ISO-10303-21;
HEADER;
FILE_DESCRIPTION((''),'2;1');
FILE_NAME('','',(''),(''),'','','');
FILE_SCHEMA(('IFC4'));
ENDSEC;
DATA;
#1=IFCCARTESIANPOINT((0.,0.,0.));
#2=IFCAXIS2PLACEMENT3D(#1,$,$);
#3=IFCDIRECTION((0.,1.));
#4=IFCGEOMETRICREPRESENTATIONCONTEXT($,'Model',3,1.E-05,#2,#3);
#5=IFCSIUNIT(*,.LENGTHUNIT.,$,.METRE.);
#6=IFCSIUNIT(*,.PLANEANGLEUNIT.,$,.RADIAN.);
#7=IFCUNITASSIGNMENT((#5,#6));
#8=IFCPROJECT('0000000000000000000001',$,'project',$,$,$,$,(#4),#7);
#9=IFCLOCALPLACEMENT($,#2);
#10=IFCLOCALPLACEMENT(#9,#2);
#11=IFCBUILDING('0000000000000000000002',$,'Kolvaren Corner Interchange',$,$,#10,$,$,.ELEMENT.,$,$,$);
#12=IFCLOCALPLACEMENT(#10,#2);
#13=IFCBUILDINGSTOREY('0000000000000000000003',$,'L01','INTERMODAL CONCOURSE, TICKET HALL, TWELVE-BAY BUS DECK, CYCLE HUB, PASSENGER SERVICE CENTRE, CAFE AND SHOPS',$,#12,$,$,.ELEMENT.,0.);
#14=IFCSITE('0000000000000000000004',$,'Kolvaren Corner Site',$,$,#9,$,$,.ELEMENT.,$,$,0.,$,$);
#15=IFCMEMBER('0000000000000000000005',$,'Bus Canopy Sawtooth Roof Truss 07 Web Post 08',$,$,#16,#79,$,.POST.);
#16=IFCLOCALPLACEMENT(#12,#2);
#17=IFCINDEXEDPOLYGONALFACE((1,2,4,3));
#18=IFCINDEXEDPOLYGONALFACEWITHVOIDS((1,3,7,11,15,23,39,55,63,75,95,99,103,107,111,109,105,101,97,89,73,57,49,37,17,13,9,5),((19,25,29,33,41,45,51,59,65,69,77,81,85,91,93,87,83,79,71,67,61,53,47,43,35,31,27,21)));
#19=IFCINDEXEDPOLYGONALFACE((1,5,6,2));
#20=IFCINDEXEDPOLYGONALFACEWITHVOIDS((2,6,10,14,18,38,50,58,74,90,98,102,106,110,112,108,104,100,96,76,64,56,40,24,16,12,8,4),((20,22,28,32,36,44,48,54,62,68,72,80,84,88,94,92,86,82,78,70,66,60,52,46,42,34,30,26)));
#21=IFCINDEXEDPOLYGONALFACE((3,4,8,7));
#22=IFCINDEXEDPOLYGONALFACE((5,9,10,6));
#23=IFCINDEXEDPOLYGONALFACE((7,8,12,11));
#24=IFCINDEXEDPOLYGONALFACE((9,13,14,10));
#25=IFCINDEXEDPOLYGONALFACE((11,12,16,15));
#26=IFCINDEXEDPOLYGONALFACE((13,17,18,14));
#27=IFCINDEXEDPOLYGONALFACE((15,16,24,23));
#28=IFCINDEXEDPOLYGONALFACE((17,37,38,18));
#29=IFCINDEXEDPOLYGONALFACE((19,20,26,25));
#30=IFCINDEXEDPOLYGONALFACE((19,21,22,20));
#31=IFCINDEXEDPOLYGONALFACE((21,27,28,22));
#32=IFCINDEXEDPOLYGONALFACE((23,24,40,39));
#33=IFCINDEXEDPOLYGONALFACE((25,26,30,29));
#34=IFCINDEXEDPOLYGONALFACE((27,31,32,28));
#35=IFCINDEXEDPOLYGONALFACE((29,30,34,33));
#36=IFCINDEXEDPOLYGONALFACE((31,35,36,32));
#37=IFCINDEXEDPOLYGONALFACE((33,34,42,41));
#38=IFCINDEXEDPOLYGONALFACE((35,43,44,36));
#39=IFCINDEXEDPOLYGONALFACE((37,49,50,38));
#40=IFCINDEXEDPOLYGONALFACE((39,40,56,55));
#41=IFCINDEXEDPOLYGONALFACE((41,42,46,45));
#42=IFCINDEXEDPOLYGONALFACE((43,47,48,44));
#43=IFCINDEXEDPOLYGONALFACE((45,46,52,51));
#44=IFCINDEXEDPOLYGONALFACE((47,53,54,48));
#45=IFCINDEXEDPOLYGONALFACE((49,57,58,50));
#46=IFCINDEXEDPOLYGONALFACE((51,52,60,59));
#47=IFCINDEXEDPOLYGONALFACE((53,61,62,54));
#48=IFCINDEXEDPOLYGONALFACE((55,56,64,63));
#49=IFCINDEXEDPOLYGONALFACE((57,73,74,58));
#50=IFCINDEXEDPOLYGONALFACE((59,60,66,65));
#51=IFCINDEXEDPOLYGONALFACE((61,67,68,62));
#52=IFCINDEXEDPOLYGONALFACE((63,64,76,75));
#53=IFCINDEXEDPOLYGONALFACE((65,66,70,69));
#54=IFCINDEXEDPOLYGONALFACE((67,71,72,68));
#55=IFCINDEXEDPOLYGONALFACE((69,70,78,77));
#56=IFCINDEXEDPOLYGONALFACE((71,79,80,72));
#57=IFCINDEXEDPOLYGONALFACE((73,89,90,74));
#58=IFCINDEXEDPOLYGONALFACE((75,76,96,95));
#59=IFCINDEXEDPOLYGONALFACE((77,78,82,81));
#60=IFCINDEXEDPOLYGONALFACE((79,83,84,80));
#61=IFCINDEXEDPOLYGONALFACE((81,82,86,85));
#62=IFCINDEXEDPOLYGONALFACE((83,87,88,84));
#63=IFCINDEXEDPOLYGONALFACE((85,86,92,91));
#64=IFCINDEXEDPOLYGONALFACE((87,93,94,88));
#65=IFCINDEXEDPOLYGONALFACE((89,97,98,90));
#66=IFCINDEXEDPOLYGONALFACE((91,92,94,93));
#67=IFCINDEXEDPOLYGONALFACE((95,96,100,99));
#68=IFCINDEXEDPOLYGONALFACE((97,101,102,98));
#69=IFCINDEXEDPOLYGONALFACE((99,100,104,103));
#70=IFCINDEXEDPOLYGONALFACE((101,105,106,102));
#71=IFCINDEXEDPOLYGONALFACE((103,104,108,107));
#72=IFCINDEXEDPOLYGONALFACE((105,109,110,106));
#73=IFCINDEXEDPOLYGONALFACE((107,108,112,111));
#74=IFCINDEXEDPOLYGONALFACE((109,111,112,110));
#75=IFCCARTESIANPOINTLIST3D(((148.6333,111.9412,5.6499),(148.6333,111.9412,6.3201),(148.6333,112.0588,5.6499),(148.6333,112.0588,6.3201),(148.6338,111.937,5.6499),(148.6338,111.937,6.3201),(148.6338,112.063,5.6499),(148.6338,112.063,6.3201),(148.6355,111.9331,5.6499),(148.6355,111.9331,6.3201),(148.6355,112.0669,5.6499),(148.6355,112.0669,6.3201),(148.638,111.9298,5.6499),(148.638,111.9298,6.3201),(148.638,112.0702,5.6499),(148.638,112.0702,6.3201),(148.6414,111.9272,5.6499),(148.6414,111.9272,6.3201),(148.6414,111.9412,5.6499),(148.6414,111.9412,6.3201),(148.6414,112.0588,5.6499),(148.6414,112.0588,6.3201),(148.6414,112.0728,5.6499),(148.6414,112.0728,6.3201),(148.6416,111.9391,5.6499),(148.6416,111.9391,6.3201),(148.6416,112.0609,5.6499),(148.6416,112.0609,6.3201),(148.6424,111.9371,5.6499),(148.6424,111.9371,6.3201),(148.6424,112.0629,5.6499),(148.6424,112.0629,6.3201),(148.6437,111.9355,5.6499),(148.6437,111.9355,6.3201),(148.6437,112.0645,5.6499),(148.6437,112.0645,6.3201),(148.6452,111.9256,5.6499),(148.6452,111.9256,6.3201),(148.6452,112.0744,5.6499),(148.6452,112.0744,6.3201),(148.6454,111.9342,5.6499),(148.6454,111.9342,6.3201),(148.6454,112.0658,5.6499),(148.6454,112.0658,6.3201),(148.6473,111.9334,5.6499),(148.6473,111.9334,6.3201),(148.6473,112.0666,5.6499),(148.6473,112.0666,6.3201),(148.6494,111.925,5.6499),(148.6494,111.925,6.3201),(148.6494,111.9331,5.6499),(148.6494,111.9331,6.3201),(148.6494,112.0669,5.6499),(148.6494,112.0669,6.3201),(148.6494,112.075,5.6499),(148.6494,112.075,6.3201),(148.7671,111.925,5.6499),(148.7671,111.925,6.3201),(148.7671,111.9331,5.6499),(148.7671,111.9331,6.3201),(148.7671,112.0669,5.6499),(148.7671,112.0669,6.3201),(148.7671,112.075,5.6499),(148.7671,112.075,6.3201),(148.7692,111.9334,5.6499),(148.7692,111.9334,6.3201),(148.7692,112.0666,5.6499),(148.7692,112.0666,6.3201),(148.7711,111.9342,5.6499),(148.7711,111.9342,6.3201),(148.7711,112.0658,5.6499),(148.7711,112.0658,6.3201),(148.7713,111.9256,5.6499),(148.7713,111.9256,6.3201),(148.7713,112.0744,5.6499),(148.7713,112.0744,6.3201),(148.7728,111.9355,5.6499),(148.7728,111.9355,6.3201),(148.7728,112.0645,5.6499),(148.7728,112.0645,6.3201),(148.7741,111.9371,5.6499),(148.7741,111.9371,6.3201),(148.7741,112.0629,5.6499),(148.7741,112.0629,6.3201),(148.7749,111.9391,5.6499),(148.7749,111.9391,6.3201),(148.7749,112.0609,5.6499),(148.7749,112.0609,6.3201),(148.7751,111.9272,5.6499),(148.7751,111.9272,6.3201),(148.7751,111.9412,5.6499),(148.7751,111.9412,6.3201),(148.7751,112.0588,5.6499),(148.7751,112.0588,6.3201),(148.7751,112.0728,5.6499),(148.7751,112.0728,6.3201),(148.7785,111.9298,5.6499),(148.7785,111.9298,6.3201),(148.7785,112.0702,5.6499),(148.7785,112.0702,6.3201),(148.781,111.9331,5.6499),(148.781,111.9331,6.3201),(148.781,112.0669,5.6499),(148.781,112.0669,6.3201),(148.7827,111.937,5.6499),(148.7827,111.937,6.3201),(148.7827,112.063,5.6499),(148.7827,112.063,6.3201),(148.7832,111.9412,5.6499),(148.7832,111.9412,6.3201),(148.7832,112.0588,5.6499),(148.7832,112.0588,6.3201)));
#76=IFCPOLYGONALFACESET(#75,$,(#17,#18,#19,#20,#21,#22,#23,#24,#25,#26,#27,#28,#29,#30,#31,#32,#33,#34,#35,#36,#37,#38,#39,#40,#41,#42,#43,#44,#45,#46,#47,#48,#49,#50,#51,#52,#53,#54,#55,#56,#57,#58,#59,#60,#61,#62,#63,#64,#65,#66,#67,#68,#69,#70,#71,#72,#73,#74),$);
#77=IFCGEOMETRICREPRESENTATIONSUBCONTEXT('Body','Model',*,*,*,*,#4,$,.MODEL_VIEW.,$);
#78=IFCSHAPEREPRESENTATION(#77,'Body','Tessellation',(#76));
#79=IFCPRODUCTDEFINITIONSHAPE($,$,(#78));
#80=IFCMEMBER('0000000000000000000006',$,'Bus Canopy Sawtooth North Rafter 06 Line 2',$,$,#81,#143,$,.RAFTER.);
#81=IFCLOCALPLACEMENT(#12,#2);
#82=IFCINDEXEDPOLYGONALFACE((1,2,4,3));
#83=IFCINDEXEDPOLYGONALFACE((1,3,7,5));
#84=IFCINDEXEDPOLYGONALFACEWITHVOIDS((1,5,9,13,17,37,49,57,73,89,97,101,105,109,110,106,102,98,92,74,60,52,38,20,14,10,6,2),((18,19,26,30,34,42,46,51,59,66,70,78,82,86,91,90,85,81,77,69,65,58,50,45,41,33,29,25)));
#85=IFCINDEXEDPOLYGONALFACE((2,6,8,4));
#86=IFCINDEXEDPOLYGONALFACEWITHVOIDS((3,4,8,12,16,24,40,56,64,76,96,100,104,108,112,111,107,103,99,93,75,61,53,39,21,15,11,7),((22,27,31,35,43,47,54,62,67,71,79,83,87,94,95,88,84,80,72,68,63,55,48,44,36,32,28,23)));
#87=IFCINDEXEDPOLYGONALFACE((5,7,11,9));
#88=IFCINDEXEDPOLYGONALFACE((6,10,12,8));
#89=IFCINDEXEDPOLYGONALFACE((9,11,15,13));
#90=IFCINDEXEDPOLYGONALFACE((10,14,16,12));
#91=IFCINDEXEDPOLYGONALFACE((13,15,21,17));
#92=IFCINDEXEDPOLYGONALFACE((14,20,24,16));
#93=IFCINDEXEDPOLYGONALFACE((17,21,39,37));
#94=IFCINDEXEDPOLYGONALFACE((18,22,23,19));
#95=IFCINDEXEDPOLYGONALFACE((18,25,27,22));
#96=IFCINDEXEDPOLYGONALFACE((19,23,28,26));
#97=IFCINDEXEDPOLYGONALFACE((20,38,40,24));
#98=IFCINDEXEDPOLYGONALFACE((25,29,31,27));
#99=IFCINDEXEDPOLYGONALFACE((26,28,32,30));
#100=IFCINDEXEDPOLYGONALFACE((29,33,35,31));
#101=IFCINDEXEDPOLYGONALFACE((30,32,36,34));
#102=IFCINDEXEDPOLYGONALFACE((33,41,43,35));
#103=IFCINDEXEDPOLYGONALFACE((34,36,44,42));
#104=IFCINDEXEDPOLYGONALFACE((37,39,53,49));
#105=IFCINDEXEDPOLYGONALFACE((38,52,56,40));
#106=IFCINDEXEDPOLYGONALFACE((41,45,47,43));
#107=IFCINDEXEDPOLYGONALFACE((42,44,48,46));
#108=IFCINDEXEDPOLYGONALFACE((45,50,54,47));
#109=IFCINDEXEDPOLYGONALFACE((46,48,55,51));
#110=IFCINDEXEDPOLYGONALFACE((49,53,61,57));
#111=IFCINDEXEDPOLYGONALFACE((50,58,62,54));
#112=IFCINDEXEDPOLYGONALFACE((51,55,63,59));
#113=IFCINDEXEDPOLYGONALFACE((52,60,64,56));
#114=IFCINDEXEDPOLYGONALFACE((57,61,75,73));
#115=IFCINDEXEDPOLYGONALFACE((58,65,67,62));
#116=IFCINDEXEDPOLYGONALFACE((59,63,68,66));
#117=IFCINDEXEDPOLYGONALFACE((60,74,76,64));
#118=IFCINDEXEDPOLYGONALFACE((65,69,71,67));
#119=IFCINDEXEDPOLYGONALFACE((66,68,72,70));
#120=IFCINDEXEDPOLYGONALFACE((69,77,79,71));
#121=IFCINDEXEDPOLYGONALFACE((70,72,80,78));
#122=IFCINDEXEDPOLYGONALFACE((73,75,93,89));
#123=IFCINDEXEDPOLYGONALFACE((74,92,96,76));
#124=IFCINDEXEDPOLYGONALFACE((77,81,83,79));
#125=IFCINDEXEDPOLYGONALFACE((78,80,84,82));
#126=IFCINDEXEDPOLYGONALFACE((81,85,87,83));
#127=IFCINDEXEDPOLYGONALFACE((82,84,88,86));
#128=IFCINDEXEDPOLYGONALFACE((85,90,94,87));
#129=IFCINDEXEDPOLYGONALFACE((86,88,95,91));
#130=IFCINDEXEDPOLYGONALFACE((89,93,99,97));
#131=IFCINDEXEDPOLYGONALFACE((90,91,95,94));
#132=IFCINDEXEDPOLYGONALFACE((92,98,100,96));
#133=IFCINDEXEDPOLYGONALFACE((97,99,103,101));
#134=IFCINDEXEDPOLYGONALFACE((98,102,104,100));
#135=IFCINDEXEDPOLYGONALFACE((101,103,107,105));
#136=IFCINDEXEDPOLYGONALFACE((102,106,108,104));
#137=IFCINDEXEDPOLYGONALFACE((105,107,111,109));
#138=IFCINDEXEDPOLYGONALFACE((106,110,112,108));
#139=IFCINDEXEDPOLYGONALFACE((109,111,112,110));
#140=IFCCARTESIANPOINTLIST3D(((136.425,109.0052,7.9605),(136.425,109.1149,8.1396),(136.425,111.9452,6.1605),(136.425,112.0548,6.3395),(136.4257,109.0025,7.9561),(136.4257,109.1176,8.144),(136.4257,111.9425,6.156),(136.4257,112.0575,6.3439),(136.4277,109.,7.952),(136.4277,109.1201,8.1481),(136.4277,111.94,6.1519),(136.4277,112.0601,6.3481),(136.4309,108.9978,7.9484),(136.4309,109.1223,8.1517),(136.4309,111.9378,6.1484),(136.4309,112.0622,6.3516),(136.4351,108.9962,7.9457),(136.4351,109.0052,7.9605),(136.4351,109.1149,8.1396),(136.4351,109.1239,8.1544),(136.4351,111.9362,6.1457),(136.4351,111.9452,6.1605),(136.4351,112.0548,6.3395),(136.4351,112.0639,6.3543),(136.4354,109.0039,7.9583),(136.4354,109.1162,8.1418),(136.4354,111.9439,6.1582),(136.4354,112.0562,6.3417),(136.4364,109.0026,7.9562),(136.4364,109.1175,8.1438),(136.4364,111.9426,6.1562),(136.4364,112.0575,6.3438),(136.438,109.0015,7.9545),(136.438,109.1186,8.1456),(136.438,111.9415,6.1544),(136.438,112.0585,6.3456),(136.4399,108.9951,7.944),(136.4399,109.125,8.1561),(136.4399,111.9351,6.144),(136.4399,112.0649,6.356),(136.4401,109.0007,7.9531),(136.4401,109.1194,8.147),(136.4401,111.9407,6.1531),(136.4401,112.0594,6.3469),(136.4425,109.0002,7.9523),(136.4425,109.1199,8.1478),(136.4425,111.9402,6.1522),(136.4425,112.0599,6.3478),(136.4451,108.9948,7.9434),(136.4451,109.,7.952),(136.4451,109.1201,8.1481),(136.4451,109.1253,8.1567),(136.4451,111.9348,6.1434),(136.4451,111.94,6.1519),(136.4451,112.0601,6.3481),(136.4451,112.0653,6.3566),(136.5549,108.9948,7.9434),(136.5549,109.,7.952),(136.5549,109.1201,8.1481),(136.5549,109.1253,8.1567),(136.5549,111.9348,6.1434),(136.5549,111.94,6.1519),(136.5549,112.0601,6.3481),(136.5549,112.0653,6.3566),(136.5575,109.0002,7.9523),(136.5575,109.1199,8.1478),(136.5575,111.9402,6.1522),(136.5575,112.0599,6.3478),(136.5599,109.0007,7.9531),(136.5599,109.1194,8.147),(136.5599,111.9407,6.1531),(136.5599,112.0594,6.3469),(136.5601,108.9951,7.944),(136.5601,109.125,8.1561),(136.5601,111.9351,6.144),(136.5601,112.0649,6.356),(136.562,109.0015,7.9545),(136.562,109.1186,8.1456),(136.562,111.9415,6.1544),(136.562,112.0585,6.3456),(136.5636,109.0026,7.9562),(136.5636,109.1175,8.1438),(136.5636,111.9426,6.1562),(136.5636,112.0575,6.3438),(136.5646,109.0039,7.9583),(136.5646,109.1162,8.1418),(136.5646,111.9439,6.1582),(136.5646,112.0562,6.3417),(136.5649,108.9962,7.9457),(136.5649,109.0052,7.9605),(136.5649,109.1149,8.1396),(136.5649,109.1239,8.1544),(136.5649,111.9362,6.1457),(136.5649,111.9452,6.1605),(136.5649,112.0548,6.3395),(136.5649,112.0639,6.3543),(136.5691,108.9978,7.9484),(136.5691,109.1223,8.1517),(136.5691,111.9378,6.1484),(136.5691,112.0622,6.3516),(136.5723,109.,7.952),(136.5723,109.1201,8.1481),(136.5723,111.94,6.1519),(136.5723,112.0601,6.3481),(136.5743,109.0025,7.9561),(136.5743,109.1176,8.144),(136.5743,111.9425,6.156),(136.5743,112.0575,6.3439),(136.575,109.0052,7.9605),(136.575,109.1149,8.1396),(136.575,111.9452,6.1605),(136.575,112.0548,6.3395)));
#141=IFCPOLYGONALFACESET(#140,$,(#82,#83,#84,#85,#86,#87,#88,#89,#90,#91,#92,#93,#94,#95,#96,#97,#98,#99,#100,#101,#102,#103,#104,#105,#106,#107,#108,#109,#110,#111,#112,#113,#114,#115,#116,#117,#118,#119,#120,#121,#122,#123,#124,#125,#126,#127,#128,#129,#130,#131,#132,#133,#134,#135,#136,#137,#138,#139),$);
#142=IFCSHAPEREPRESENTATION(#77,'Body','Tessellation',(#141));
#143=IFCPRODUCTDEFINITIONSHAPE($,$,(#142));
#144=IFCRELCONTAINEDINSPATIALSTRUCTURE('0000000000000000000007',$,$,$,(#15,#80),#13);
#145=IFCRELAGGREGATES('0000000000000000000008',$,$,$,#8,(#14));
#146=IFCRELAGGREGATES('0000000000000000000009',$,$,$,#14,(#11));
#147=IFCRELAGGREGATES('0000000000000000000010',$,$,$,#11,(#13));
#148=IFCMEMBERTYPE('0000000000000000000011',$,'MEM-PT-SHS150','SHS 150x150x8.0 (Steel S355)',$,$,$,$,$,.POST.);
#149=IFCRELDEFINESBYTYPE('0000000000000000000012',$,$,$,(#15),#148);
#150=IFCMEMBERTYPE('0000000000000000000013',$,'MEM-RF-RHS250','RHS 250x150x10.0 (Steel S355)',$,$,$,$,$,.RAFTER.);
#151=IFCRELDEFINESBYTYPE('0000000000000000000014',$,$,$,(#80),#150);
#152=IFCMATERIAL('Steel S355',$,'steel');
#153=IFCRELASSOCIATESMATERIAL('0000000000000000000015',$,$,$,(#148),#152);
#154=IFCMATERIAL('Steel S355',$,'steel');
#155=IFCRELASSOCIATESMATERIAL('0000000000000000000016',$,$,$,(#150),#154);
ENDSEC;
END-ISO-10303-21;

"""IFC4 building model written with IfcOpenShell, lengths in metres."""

from ifc_helpers import new_model, si_unit, direction, frame, origin, origin_2d, place, context, subcontext, project, spatial, hollow_rectangle, extrude, material, material_profile, profile_set, type_object, element, save


model = new_model("IFC4")

# Units and contexts
model_context = context("Model", 3, precision=1e-05, world=origin(), true_north=direction((0.0, 1.0)))
body_context = subcontext(model_context, "Body", "Model", "MODEL_VIEW")
ifc_project = project(units=[si_unit("LENGTHUNIT", "METRE"), si_unit("PLANEANGLEUNIT", "RADIAN")], contexts=[model_context])

# Site, building, storey
site_placement = place(None, origin())
site = spatial("IfcSite", under=ifc_project, at=site_placement, Name="Kolvaren Corner Site", CompositionType="ELEMENT", RefElevation=0.0)
building_placement = place(site_placement, origin())
building = spatial("IfcBuilding", under=site, at=building_placement, Name="Kolvaren Corner Interchange", CompositionType="ELEMENT")
storey_placement = place(building_placement, origin())
storey = spatial("IfcBuildingStorey", under=building, at=storey_placement, Name="L01", Description="INTERMODAL CONCOURSE, TICKET HALL, TWELVE-BAY BUS DECK, CYCLE HUB, PASSENGER SERVICE CENTRE, CAFE AND SHOPS", CompositionType="ELEMENT", Elevation=0.0)

# Members
ifc_material_1 = material(Name="Steel S355", Category="steel")
ifc_material_profile_1 = material_profile(ifc_material_1, hollow_rectangle(XDim=0.1499, YDim=0.1499, WallThickness=0.0081, InnerFilletRadius=0.0081, OuterFilletRadius=0.0161, at=origin_2d()), Name="SHS 150x150x8.0")
ifc_profile_set_1 = profile_set([ifc_material_profile_1], Name="Steel S355")
member_type_1 = type_object("IfcMemberType", Name="MEM-PT-SHS150", Description="SHS 150x150x8.0 (Steel S355)", PredefinedType="POST", material=ifc_profile_set_1)
for number, where, z_axis, x_axis, name in (
    (1, (148.7083, 112.0, 5.6499), (0.0, 0.0, 1.0), (1.0, 0.0, 0.0), "Bus Canopy Sawtooth Roof Truss 07 Web Post 08"),
):
    element("IfcMember", number, at=place(storey_placement, frame(where, z_axis=z_axis, x_axis=x_axis)), inside=storey, type_object=member_type_1, Name=name, PredefinedType="POST", context=body_context, shape_type="SweptSolid", body=[
        extrude(hollow_rectangle(XDim=0.1499, YDim=0.1499, WallThickness=0.0081, InnerFilletRadius=0.0081, OuterFilletRadius=0.0161, at=origin_2d()), origin(), (0.0, 0.0, 1.0), 0.6702),
    ])
ifc_material_2 = material(Name="Steel S355", Category="steel")
ifc_material_profile_2 = material_profile(ifc_material_2, hollow_rectangle(XDim=0.1499, YDim=0.25, WallThickness=0.01, InnerFilletRadius=0.01, OuterFilletRadius=0.02, at=origin_2d()), Name="RHS 250x150x10.0")
ifc_profile_set_2 = profile_set([ifc_material_profile_2], Name="Steel S355")
member_type_2 = type_object("IfcMemberType", Name="MEM-RF-RHS250", Description="RHS 250x150x10.0 (Steel S355)", PredefinedType="RAFTER", material=ifc_profile_set_2)
for number, where, z_axis, x_axis, name in (
    (2, (136.5, 109.0601, 8.05), (0.0, 0.85284, -0.522172), (-1.0, 0.0, 0.0), "Bus Canopy Sawtooth North Rafter 06 Line 2"),
):
    element("IfcMember", number, at=place(storey_placement, frame(where, z_axis=z_axis, x_axis=x_axis)), inside=storey, type_object=member_type_2, Name=name, PredefinedType="RAFTER", context=body_context, shape_type="SweptSolid", body=[
        extrude(hollow_rectangle(XDim=0.1499, YDim=0.25, WallThickness=0.01, InnerFilletRadius=0.01, OuterFilletRadius=0.02, at=origin_2d()), origin(), (0.0, 0.0, 1.0), 3.4473),
    ])

save(model, "model.ifc")
